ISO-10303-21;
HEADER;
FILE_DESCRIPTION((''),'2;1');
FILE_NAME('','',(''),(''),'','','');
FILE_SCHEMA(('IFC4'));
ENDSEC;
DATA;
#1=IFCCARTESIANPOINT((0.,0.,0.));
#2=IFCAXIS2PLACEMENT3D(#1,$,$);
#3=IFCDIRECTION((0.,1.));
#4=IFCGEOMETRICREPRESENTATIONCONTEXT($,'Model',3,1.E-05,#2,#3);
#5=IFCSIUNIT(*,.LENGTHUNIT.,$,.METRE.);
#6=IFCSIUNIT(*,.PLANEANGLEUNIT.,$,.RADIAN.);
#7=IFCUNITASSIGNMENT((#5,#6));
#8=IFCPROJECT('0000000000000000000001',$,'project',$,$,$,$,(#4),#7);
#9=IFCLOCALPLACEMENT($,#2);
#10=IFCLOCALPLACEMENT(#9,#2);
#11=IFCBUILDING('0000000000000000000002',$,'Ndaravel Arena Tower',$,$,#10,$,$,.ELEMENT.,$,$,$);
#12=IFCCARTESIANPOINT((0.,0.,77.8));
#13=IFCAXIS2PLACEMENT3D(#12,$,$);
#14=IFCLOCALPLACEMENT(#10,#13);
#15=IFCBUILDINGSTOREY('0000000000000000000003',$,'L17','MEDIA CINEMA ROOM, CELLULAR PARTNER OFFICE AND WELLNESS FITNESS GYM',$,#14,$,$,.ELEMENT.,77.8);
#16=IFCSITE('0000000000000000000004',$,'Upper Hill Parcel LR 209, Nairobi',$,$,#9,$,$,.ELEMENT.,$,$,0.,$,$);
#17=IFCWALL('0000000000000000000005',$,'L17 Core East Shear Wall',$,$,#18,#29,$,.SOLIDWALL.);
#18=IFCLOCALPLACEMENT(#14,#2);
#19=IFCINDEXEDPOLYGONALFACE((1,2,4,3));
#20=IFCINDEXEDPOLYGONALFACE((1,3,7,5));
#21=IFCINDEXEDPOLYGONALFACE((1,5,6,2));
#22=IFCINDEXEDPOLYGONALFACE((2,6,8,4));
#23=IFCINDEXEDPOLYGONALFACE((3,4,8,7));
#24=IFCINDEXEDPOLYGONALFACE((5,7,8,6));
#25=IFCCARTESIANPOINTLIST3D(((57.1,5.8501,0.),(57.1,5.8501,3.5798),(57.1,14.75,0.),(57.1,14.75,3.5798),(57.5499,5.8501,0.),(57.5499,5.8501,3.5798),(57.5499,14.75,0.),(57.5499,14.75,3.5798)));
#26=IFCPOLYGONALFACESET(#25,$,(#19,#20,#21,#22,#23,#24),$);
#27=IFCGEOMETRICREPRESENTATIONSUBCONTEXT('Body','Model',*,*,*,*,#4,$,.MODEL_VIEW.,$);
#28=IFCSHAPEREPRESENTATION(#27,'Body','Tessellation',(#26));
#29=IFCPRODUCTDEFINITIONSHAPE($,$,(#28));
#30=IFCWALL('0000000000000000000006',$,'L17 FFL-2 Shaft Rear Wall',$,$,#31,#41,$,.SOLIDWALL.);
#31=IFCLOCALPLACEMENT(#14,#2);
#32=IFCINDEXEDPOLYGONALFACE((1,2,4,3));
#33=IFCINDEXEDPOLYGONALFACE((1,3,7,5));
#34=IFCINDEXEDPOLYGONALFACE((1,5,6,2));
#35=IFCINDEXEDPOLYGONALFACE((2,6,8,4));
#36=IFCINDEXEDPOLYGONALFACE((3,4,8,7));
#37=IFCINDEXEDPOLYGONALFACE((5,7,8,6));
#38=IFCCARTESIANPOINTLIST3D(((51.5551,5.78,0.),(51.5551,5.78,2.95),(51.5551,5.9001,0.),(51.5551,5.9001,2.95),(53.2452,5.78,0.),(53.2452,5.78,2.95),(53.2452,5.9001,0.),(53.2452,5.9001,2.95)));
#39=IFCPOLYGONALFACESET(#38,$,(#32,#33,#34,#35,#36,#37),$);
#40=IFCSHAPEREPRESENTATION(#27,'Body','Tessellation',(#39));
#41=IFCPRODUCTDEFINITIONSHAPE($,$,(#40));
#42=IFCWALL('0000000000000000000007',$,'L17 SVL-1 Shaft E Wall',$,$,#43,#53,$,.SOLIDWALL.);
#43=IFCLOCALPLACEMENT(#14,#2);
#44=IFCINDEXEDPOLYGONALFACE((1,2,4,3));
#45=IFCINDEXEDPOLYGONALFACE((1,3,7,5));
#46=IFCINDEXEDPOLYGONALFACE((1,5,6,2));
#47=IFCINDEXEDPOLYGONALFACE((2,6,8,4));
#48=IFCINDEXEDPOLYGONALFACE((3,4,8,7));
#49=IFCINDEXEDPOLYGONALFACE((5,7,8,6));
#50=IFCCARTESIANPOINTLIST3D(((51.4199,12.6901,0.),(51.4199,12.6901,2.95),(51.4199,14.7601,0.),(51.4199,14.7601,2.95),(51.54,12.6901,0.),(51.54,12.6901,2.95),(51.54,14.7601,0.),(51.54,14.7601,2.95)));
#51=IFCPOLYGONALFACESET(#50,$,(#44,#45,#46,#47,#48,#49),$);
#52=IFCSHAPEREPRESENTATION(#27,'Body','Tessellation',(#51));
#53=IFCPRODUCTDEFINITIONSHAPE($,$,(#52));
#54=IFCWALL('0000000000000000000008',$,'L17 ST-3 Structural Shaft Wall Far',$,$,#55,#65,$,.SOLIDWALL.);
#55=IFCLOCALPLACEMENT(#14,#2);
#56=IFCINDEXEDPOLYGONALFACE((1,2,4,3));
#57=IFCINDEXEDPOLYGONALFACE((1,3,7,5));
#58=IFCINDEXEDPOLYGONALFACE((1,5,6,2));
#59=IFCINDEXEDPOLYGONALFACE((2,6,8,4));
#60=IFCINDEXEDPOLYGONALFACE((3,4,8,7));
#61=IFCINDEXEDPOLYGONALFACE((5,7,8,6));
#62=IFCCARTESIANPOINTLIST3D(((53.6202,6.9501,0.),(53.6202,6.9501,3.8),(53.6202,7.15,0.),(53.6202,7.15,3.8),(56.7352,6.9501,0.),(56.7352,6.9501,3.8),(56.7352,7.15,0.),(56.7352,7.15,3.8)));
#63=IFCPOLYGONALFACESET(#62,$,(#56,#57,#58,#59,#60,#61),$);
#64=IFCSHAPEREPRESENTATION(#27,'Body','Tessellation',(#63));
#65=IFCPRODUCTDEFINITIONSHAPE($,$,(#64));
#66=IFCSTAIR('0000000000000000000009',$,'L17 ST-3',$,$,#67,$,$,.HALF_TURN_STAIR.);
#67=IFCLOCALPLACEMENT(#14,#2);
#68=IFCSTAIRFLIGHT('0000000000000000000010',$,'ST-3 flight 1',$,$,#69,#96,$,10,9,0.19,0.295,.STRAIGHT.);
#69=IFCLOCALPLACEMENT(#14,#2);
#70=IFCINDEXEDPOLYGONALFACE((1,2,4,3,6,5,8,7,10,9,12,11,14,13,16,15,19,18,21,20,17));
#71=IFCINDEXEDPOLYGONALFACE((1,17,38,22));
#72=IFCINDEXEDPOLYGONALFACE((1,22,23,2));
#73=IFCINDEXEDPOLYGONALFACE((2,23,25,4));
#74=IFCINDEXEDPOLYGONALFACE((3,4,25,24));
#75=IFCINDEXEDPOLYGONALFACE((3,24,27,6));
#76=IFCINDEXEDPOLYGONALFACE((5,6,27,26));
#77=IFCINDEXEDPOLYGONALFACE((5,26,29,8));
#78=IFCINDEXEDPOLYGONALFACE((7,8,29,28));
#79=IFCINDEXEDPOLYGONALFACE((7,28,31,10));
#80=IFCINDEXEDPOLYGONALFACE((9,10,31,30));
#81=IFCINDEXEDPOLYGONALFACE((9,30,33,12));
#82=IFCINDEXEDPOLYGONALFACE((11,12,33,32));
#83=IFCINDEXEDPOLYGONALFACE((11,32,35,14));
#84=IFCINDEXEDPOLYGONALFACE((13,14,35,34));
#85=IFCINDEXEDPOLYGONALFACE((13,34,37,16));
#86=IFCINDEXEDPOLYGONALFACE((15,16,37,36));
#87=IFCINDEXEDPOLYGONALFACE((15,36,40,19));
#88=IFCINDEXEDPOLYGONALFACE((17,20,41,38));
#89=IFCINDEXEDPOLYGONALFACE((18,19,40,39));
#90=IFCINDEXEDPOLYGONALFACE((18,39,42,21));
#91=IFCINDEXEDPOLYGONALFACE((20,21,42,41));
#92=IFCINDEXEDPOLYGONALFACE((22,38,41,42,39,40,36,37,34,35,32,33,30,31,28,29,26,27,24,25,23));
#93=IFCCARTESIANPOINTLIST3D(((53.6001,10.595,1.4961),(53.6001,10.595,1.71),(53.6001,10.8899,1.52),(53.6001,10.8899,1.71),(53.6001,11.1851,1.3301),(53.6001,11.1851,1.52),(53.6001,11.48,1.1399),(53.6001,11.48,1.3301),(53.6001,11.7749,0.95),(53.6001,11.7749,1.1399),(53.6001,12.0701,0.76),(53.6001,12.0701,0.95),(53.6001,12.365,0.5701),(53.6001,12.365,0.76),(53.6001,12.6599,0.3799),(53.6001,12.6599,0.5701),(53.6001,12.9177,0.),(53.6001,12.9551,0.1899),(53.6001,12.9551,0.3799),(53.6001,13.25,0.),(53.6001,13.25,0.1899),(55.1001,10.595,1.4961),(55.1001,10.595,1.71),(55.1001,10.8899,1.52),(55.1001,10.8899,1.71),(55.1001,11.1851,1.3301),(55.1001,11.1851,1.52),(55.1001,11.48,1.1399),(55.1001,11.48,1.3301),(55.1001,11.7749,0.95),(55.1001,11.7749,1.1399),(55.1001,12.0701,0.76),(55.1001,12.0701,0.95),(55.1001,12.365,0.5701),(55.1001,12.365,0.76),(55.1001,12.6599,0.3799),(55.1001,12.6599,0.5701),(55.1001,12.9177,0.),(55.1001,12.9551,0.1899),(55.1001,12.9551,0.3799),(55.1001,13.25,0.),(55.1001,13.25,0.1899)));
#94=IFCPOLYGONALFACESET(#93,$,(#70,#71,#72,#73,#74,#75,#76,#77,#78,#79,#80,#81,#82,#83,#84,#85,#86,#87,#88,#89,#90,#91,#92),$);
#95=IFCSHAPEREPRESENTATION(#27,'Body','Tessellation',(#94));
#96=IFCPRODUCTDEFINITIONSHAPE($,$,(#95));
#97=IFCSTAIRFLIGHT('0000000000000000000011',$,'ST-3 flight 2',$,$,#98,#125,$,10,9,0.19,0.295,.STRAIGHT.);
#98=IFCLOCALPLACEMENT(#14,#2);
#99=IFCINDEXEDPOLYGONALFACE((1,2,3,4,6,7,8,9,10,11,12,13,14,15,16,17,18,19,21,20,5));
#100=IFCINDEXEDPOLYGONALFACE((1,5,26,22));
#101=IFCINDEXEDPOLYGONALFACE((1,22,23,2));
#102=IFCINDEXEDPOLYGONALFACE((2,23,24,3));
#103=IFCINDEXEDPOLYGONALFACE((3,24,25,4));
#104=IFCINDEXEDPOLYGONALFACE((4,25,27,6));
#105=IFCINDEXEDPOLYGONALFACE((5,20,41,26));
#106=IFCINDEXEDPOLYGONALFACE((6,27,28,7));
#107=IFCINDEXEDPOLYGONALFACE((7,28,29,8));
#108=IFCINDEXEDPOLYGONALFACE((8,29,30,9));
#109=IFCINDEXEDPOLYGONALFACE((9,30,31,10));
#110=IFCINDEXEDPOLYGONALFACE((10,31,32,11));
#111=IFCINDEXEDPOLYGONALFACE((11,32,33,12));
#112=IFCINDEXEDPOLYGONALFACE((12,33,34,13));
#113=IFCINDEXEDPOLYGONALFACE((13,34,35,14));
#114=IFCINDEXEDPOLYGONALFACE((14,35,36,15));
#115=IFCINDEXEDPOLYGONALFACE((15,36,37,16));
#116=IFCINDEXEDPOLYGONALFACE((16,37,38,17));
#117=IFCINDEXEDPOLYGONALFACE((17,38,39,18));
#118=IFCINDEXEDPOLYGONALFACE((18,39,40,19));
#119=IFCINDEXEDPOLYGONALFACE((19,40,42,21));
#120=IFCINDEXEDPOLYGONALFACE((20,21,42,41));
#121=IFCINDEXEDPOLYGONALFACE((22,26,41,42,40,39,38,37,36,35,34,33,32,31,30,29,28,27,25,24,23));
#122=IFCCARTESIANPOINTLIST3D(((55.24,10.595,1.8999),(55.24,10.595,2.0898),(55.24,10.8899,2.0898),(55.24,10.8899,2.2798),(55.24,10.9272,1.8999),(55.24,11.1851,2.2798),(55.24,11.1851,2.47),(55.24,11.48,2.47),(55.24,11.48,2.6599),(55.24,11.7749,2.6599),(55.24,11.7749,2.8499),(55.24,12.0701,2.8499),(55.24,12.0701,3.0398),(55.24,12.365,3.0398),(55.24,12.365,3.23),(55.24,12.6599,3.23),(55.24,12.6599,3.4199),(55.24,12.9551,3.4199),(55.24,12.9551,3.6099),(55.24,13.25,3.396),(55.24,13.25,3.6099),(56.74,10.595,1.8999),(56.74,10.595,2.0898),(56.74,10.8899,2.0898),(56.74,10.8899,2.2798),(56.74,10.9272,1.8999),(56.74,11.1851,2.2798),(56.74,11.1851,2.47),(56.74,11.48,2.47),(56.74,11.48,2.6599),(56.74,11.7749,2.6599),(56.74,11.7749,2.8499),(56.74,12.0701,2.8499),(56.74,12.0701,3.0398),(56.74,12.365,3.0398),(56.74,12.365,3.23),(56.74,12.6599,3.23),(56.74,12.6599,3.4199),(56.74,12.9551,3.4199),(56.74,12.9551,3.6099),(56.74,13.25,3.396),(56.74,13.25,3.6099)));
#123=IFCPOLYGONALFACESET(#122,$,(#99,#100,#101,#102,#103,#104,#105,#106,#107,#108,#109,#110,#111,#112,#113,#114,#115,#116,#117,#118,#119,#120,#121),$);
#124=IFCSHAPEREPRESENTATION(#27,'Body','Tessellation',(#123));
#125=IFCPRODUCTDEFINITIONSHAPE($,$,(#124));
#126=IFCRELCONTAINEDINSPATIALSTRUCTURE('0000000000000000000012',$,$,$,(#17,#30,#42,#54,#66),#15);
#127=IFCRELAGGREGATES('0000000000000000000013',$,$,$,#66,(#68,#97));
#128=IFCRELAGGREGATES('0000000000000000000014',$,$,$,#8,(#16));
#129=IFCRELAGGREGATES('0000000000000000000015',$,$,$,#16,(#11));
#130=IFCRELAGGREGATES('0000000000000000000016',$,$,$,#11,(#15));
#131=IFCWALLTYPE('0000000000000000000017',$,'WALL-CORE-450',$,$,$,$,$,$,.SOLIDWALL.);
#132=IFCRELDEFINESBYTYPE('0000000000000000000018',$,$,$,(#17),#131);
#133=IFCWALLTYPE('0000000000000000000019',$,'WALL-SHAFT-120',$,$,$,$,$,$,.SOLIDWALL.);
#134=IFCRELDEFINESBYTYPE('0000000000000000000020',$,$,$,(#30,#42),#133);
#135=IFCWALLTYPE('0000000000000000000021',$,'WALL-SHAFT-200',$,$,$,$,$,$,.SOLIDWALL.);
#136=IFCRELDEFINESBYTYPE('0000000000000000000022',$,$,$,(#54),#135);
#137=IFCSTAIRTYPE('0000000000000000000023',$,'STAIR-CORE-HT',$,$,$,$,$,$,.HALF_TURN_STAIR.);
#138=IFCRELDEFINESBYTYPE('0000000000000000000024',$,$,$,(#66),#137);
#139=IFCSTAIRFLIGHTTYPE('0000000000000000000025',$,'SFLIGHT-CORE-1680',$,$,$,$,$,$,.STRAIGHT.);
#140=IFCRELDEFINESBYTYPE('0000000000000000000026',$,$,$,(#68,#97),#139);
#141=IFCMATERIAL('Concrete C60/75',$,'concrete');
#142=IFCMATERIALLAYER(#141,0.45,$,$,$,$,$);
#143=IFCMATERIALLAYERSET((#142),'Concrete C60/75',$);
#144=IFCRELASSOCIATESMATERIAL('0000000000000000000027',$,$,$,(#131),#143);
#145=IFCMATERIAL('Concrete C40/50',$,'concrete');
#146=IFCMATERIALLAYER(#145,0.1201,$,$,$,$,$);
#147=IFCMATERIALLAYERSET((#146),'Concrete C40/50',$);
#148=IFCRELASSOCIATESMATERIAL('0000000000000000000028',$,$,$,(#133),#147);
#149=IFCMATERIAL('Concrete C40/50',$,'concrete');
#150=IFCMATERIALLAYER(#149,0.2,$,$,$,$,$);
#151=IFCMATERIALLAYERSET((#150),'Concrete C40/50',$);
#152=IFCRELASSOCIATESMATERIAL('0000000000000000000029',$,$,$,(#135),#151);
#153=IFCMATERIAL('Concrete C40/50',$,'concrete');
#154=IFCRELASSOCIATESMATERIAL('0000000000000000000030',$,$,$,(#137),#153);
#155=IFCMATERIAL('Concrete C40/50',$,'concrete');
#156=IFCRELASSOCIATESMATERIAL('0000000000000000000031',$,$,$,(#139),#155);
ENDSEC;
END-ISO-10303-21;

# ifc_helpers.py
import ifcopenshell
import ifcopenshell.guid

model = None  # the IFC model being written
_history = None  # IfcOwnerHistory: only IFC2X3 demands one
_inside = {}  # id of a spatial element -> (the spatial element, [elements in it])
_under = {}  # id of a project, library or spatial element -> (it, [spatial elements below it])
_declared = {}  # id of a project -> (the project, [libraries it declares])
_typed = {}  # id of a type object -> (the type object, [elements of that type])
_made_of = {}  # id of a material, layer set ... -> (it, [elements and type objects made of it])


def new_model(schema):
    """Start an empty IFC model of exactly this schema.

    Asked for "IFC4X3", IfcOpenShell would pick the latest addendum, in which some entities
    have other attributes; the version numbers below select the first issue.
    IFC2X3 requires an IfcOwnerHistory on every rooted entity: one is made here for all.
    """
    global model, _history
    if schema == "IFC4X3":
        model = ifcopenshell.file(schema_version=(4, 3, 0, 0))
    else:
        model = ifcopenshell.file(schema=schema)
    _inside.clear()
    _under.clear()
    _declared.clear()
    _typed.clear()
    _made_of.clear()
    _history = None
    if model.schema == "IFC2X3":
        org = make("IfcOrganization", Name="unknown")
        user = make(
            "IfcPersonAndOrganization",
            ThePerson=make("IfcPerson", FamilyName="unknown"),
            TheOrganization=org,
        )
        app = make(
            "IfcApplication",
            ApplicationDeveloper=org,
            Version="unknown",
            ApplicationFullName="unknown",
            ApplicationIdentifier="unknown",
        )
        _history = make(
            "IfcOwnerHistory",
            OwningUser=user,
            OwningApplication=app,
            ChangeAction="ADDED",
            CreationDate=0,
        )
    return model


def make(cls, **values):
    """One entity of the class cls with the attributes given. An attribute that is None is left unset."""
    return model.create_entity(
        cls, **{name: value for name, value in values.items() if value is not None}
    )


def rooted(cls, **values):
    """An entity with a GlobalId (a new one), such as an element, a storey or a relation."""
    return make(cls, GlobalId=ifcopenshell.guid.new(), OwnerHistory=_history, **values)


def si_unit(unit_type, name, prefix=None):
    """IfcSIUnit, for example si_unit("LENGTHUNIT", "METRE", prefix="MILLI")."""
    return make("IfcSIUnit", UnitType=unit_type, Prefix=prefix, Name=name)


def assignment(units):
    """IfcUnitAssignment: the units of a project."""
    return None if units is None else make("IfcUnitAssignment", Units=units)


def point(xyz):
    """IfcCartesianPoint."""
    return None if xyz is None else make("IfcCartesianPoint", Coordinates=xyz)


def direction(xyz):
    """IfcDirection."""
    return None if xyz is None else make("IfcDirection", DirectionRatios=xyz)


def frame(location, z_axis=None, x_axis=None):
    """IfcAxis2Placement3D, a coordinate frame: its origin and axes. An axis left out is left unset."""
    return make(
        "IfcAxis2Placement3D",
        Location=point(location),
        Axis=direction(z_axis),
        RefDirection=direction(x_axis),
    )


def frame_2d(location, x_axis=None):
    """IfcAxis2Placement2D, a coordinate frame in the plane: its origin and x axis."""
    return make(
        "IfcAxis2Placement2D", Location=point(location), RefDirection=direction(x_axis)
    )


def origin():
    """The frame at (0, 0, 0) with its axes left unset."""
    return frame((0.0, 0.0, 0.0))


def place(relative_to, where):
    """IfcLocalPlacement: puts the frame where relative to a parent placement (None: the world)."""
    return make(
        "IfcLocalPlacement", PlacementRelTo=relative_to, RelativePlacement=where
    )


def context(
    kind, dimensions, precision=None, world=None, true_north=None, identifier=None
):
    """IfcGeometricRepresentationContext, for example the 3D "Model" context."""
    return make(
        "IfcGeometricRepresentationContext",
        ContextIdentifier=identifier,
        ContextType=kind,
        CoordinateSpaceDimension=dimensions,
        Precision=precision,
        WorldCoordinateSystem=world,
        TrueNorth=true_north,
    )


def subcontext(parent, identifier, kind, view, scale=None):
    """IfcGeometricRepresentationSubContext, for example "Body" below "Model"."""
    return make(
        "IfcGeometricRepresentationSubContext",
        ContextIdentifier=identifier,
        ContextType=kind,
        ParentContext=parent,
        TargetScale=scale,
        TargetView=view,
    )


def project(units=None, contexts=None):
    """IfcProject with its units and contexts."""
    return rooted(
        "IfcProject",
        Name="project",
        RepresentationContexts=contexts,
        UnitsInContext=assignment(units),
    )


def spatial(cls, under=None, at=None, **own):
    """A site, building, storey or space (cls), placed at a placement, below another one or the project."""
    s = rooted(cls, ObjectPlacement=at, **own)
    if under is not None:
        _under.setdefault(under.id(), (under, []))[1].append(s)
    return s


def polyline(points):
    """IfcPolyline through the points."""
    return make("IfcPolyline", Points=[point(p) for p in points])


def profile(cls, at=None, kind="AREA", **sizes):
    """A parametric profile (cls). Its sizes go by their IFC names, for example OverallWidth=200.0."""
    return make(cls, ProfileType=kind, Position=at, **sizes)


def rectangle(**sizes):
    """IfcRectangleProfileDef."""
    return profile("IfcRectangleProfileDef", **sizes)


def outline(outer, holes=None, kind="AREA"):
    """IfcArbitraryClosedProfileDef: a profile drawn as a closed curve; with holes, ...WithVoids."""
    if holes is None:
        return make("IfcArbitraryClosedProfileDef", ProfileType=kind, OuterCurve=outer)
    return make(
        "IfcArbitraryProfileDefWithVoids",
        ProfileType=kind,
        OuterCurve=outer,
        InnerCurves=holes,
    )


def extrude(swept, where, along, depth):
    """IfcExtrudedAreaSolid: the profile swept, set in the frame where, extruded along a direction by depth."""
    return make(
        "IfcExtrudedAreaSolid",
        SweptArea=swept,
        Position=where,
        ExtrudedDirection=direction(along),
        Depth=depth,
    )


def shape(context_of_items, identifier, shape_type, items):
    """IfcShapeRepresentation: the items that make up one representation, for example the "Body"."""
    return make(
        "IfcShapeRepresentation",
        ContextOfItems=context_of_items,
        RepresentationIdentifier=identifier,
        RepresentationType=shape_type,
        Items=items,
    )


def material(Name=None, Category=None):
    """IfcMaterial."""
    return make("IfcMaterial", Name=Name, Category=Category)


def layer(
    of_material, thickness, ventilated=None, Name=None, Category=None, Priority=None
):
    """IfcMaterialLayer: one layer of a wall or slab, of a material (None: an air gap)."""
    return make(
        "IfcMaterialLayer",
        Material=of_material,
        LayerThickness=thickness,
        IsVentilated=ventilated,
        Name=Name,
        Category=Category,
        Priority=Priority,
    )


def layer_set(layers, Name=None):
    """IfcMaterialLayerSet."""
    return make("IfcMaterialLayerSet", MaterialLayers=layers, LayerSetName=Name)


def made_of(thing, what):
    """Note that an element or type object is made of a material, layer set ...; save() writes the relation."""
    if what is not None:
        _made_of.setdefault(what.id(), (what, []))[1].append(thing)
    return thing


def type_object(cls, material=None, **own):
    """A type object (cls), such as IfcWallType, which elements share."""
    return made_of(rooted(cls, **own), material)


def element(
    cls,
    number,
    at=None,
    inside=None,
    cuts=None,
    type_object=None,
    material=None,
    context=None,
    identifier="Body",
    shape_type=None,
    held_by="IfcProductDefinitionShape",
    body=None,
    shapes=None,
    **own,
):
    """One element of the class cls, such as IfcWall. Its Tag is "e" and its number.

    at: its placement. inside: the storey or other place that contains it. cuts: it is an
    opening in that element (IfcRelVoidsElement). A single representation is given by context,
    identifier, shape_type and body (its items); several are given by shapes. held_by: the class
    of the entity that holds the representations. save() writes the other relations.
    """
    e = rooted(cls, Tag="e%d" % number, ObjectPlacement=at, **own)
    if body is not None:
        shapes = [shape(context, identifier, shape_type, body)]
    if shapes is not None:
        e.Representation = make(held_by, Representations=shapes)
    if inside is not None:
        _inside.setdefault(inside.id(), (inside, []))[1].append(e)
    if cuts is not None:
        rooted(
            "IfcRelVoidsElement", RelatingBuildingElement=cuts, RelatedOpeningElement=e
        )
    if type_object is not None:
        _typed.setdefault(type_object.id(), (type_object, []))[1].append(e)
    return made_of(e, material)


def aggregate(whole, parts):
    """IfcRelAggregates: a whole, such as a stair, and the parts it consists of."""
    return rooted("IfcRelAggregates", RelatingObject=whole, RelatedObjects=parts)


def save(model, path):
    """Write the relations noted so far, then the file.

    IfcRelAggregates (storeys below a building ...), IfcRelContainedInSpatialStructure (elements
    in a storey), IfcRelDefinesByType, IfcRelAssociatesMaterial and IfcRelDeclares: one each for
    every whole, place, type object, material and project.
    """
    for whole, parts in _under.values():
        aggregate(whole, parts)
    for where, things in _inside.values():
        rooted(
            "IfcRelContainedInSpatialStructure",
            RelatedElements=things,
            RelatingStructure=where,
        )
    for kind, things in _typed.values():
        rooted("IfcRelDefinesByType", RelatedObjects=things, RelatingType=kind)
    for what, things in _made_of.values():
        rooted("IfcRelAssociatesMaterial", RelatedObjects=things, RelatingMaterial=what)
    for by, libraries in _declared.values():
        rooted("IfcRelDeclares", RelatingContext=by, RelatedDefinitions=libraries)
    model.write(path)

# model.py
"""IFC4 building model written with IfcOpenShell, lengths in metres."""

from ifc_helpers import new_model, si_unit, direction, frame, frame_2d, origin, place, context, subcontext, project, spatial, polyline, rectangle, outline, extrude, material, layer, layer_set, type_object, element, aggregate, save


model = new_model("IFC4")

# Units and contexts
model_context = context("Model", 3, precision=1e-05, world=origin(), true_north=direction((0.0, 1.0)))
body_context = subcontext(model_context, "Body", "Model", "MODEL_VIEW")
ifc_project = project(units=[si_unit("LENGTHUNIT", "METRE"), si_unit("PLANEANGLEUNIT", "RADIAN")], contexts=[model_context])

# Site, building, storey
site_placement = place(None, origin())
site = spatial("IfcSite", under=ifc_project, at=site_placement, Name="Upper Hill Parcel LR 209, Nairobi", CompositionType="ELEMENT", RefElevation=0.0)
building_placement = place(site_placement, origin())
building = spatial("IfcBuilding", under=site, at=building_placement, Name="Ndaravel Arena Tower", CompositionType="ELEMENT")
storey_placement = place(building_placement, frame((0.0, 0.0, 77.8)))
storey = spatial("IfcBuildingStorey", under=building, at=storey_placement, Name="L17", Description="MEDIA CINEMA ROOM, CELLULAR PARTNER OFFICE AND WELLNESS FITNESS GYM", CompositionType="ELEMENT", Elevation=77.8)

# Walls
ifc_material_1 = material(Name="Concrete C60/75", Category="concrete")
ifc_layer_1 = layer(ifc_material_1, 0.45)
ifc_layer_set_1 = layer_set([ifc_layer_1], Name="Concrete C60/75")
wall_type_1 = type_object("IfcWallType", Name="WALL-CORE-450", PredefinedType="SOLIDWALL", material=ifc_layer_set_1)
wall_1_placement = place(storey_placement, frame((57.325, 5.8501, 0.0), z_axis=(0.0, 0.0, 1.0), x_axis=(0.0, 1.0, 0.0)))
element("IfcWall", 1, at=wall_1_placement, inside=storey, type_object=wall_type_1, Name="L17 Core East Shear Wall", PredefinedType="SOLIDWALL", context=body_context, shape_type="SweptSolid", body=[
    extrude(rectangle(XDim=8.8999, YDim=0.45, at=frame_2d((4.45, 0.0))), origin(), (0.0, 0.0, 1.0), 3.5798),
])
ifc_material_2 = material(Name="Concrete C40/50", Category="concrete")
ifc_layer_2 = layer(ifc_material_2, 0.1201)
ifc_layer_set_2 = layer_set([ifc_layer_2], Name="Concrete C40/50")
wall_type_2 = type_object("IfcWallType", Name="WALL-SHAFT-120", PredefinedType="SOLIDWALL", material=ifc_layer_set_2)
wall_2_placement = place(storey_placement, frame((51.5549, 5.8401, 0.0), z_axis=(0.0, 0.0, 1.0), x_axis=(1.0, 0.0, 0.0)))
element("IfcWall", 2, at=wall_2_placement, inside=storey, type_object=wall_type_2, Name="L17 FFL-2 Shaft Rear Wall", PredefinedType="SOLIDWALL", context=body_context, shape_type="SweptSolid", body=[
    extrude(rectangle(XDim=1.6902, YDim=0.1201, at=frame_2d((0.8452, 0.0))), origin(), (0.0, 0.0, 1.0), 2.95),
])
wall_3_placement = place(storey_placement, frame((51.48, 12.6899, 0.0), z_axis=(0.0, 0.0, 1.0), x_axis=(0.0, 1.0, 0.0)))
element("IfcWall", 3, at=wall_3_placement, inside=storey, type_object=wall_type_2, Name="L17 SVL-1 Shaft E Wall", PredefinedType="SOLIDWALL", context=body_context, shape_type="SweptSolid", body=[
    extrude(rectangle(XDim=2.0701, YDim=0.1201, at=frame_2d((1.0352, 0.0))), origin(), (0.0, 0.0, 1.0), 2.95),
])
ifc_material_3 = material(Name="Concrete C40/50", Category="concrete")
ifc_layer_3 = layer(ifc_material_3, 0.2)
ifc_layer_set_3 = layer_set([ifc_layer_3], Name="Concrete C40/50")
wall_type_3 = type_object("IfcWallType", Name="WALL-SHAFT-200", PredefinedType="SOLIDWALL", material=ifc_layer_set_3)
wall_4_placement = place(storey_placement, frame((53.6201, 7.05, 0.0), z_axis=(0.0, 0.0, 1.0), x_axis=(1.0, 0.0, 0.0)))
element("IfcWall", 4, at=wall_4_placement, inside=storey, type_object=wall_type_3, Name="L17 ST-3 Structural Shaft Wall Far", PredefinedType="SOLIDWALL", context=body_context, shape_type="SweptSolid", body=[
    extrude(rectangle(XDim=3.115, YDim=0.2, at=frame_2d((1.5576, 0.0))), origin(), (0.0, 0.0, 1.0), 3.8),
])

# Stair, stair flights
ifc_material_4 = material(Name="Concrete C40/50", Category="concrete")
stair_type = type_object("IfcStairType", Name="STAIR-CORE-HT", PredefinedType="HALF_TURN_STAIR", material=ifc_material_4)
stair_placement = place(storey_placement, origin())
stair = element("IfcStair", 5, at=stair_placement, inside=storey, type_object=stair_type, Name="L17 ST-3", PredefinedType="HALF_TURN_STAIR")
ifc_material_5 = material(Name="Concrete C40/50", Category="concrete")
stair_flight_type = type_object("IfcStairFlightType", Name="SFLIGHT-CORE-1680", PredefinedType="STRAIGHT", material=ifc_material_5)
stair_flight_1_placement = place(storey_placement, frame((54.3501, 13.25, 0.0), z_axis=(0.0, 0.0, 1.0), x_axis=(0.0, -1.0, 0.0)))
stair_flight_1 = element("IfcStairFlight", 6, at=stair_flight_1_placement, type_object=stair_flight_type, Name="ST-3 flight 1", NumberOfRisers=10, NumberOfTreads=9, PredefinedType="STRAIGHT", RiserHeight=0.19, TreadLength=0.295, context=body_context, shape_type="SweptSolid", body=[
    extrude(outline(polyline([(0.0, 0.0), (0.0, 0.1899), (0.2949, 0.1899), (0.2949, 0.3799), (0.5901, 0.3799), (0.5901, 0.5701), (0.885, 0.5701), (0.885, 0.76), (1.1799, 0.76), (1.1799, 0.95), (1.4751, 0.95), (1.4751, 1.1399), (1.77, 1.1399), (1.77, 1.3301), (2.0649, 1.3301), (2.0649, 1.52), (2.3601, 1.52), (2.3601, 1.71), (2.655, 1.71), (2.655, 1.8999), (2.655, 1.4961), (0.3323, 0.0), (0.0, 0.0)])), frame((0.0, 0.75, 0.0), z_axis=(0.0, -1.0, 0.0), x_axis=(1.0, 0.0, 0.0)), (0.0, 0.0, 1.0), 1.5),
])
stair_flight_2_placement = place(storey_placement, frame((55.99, 10.595, 1.8999), z_axis=(0.0, 0.0, 1.0), x_axis=(0.0, 1.0, 0.0)))
stair_flight_2 = element("IfcStairFlight", 7, at=stair_flight_2_placement, type_object=stair_flight_type, Name="ST-3 flight 2", NumberOfRisers=10, NumberOfTreads=9, PredefinedType="STRAIGHT", RiserHeight=0.19, TreadLength=0.295, context=body_context, shape_type="SweptSolid", body=[
    extrude(outline(polyline([(0.0, 0.0), (0.0, 0.1899), (0.2949, 0.1899), (0.2949, 0.3799), (0.5901, 0.3799), (0.5901, 0.5701), (0.885, 0.5701), (0.885, 0.76), (1.1799, 0.76), (1.1799, 0.95), (1.4751, 0.95), (1.4751, 1.1399), (1.77, 1.1399), (1.77, 1.3301), (2.0649, 1.3301), (2.0649, 1.52), (2.3601, 1.52), (2.3601, 1.71), (2.655, 1.71), (2.655, 1.8999), (2.655, 1.4961), (0.3323, 0.0), (0.0, 0.0)])), frame((0.0, 0.75, 0.0), z_axis=(0.0, -1.0, 0.0), x_axis=(1.0, 0.0, 0.0)), (0.0, 0.0, 1.0), 1.5),
])
aggregate(stair, [stair_flight_1, stair_flight_2])

save(model, "model.ifc")
